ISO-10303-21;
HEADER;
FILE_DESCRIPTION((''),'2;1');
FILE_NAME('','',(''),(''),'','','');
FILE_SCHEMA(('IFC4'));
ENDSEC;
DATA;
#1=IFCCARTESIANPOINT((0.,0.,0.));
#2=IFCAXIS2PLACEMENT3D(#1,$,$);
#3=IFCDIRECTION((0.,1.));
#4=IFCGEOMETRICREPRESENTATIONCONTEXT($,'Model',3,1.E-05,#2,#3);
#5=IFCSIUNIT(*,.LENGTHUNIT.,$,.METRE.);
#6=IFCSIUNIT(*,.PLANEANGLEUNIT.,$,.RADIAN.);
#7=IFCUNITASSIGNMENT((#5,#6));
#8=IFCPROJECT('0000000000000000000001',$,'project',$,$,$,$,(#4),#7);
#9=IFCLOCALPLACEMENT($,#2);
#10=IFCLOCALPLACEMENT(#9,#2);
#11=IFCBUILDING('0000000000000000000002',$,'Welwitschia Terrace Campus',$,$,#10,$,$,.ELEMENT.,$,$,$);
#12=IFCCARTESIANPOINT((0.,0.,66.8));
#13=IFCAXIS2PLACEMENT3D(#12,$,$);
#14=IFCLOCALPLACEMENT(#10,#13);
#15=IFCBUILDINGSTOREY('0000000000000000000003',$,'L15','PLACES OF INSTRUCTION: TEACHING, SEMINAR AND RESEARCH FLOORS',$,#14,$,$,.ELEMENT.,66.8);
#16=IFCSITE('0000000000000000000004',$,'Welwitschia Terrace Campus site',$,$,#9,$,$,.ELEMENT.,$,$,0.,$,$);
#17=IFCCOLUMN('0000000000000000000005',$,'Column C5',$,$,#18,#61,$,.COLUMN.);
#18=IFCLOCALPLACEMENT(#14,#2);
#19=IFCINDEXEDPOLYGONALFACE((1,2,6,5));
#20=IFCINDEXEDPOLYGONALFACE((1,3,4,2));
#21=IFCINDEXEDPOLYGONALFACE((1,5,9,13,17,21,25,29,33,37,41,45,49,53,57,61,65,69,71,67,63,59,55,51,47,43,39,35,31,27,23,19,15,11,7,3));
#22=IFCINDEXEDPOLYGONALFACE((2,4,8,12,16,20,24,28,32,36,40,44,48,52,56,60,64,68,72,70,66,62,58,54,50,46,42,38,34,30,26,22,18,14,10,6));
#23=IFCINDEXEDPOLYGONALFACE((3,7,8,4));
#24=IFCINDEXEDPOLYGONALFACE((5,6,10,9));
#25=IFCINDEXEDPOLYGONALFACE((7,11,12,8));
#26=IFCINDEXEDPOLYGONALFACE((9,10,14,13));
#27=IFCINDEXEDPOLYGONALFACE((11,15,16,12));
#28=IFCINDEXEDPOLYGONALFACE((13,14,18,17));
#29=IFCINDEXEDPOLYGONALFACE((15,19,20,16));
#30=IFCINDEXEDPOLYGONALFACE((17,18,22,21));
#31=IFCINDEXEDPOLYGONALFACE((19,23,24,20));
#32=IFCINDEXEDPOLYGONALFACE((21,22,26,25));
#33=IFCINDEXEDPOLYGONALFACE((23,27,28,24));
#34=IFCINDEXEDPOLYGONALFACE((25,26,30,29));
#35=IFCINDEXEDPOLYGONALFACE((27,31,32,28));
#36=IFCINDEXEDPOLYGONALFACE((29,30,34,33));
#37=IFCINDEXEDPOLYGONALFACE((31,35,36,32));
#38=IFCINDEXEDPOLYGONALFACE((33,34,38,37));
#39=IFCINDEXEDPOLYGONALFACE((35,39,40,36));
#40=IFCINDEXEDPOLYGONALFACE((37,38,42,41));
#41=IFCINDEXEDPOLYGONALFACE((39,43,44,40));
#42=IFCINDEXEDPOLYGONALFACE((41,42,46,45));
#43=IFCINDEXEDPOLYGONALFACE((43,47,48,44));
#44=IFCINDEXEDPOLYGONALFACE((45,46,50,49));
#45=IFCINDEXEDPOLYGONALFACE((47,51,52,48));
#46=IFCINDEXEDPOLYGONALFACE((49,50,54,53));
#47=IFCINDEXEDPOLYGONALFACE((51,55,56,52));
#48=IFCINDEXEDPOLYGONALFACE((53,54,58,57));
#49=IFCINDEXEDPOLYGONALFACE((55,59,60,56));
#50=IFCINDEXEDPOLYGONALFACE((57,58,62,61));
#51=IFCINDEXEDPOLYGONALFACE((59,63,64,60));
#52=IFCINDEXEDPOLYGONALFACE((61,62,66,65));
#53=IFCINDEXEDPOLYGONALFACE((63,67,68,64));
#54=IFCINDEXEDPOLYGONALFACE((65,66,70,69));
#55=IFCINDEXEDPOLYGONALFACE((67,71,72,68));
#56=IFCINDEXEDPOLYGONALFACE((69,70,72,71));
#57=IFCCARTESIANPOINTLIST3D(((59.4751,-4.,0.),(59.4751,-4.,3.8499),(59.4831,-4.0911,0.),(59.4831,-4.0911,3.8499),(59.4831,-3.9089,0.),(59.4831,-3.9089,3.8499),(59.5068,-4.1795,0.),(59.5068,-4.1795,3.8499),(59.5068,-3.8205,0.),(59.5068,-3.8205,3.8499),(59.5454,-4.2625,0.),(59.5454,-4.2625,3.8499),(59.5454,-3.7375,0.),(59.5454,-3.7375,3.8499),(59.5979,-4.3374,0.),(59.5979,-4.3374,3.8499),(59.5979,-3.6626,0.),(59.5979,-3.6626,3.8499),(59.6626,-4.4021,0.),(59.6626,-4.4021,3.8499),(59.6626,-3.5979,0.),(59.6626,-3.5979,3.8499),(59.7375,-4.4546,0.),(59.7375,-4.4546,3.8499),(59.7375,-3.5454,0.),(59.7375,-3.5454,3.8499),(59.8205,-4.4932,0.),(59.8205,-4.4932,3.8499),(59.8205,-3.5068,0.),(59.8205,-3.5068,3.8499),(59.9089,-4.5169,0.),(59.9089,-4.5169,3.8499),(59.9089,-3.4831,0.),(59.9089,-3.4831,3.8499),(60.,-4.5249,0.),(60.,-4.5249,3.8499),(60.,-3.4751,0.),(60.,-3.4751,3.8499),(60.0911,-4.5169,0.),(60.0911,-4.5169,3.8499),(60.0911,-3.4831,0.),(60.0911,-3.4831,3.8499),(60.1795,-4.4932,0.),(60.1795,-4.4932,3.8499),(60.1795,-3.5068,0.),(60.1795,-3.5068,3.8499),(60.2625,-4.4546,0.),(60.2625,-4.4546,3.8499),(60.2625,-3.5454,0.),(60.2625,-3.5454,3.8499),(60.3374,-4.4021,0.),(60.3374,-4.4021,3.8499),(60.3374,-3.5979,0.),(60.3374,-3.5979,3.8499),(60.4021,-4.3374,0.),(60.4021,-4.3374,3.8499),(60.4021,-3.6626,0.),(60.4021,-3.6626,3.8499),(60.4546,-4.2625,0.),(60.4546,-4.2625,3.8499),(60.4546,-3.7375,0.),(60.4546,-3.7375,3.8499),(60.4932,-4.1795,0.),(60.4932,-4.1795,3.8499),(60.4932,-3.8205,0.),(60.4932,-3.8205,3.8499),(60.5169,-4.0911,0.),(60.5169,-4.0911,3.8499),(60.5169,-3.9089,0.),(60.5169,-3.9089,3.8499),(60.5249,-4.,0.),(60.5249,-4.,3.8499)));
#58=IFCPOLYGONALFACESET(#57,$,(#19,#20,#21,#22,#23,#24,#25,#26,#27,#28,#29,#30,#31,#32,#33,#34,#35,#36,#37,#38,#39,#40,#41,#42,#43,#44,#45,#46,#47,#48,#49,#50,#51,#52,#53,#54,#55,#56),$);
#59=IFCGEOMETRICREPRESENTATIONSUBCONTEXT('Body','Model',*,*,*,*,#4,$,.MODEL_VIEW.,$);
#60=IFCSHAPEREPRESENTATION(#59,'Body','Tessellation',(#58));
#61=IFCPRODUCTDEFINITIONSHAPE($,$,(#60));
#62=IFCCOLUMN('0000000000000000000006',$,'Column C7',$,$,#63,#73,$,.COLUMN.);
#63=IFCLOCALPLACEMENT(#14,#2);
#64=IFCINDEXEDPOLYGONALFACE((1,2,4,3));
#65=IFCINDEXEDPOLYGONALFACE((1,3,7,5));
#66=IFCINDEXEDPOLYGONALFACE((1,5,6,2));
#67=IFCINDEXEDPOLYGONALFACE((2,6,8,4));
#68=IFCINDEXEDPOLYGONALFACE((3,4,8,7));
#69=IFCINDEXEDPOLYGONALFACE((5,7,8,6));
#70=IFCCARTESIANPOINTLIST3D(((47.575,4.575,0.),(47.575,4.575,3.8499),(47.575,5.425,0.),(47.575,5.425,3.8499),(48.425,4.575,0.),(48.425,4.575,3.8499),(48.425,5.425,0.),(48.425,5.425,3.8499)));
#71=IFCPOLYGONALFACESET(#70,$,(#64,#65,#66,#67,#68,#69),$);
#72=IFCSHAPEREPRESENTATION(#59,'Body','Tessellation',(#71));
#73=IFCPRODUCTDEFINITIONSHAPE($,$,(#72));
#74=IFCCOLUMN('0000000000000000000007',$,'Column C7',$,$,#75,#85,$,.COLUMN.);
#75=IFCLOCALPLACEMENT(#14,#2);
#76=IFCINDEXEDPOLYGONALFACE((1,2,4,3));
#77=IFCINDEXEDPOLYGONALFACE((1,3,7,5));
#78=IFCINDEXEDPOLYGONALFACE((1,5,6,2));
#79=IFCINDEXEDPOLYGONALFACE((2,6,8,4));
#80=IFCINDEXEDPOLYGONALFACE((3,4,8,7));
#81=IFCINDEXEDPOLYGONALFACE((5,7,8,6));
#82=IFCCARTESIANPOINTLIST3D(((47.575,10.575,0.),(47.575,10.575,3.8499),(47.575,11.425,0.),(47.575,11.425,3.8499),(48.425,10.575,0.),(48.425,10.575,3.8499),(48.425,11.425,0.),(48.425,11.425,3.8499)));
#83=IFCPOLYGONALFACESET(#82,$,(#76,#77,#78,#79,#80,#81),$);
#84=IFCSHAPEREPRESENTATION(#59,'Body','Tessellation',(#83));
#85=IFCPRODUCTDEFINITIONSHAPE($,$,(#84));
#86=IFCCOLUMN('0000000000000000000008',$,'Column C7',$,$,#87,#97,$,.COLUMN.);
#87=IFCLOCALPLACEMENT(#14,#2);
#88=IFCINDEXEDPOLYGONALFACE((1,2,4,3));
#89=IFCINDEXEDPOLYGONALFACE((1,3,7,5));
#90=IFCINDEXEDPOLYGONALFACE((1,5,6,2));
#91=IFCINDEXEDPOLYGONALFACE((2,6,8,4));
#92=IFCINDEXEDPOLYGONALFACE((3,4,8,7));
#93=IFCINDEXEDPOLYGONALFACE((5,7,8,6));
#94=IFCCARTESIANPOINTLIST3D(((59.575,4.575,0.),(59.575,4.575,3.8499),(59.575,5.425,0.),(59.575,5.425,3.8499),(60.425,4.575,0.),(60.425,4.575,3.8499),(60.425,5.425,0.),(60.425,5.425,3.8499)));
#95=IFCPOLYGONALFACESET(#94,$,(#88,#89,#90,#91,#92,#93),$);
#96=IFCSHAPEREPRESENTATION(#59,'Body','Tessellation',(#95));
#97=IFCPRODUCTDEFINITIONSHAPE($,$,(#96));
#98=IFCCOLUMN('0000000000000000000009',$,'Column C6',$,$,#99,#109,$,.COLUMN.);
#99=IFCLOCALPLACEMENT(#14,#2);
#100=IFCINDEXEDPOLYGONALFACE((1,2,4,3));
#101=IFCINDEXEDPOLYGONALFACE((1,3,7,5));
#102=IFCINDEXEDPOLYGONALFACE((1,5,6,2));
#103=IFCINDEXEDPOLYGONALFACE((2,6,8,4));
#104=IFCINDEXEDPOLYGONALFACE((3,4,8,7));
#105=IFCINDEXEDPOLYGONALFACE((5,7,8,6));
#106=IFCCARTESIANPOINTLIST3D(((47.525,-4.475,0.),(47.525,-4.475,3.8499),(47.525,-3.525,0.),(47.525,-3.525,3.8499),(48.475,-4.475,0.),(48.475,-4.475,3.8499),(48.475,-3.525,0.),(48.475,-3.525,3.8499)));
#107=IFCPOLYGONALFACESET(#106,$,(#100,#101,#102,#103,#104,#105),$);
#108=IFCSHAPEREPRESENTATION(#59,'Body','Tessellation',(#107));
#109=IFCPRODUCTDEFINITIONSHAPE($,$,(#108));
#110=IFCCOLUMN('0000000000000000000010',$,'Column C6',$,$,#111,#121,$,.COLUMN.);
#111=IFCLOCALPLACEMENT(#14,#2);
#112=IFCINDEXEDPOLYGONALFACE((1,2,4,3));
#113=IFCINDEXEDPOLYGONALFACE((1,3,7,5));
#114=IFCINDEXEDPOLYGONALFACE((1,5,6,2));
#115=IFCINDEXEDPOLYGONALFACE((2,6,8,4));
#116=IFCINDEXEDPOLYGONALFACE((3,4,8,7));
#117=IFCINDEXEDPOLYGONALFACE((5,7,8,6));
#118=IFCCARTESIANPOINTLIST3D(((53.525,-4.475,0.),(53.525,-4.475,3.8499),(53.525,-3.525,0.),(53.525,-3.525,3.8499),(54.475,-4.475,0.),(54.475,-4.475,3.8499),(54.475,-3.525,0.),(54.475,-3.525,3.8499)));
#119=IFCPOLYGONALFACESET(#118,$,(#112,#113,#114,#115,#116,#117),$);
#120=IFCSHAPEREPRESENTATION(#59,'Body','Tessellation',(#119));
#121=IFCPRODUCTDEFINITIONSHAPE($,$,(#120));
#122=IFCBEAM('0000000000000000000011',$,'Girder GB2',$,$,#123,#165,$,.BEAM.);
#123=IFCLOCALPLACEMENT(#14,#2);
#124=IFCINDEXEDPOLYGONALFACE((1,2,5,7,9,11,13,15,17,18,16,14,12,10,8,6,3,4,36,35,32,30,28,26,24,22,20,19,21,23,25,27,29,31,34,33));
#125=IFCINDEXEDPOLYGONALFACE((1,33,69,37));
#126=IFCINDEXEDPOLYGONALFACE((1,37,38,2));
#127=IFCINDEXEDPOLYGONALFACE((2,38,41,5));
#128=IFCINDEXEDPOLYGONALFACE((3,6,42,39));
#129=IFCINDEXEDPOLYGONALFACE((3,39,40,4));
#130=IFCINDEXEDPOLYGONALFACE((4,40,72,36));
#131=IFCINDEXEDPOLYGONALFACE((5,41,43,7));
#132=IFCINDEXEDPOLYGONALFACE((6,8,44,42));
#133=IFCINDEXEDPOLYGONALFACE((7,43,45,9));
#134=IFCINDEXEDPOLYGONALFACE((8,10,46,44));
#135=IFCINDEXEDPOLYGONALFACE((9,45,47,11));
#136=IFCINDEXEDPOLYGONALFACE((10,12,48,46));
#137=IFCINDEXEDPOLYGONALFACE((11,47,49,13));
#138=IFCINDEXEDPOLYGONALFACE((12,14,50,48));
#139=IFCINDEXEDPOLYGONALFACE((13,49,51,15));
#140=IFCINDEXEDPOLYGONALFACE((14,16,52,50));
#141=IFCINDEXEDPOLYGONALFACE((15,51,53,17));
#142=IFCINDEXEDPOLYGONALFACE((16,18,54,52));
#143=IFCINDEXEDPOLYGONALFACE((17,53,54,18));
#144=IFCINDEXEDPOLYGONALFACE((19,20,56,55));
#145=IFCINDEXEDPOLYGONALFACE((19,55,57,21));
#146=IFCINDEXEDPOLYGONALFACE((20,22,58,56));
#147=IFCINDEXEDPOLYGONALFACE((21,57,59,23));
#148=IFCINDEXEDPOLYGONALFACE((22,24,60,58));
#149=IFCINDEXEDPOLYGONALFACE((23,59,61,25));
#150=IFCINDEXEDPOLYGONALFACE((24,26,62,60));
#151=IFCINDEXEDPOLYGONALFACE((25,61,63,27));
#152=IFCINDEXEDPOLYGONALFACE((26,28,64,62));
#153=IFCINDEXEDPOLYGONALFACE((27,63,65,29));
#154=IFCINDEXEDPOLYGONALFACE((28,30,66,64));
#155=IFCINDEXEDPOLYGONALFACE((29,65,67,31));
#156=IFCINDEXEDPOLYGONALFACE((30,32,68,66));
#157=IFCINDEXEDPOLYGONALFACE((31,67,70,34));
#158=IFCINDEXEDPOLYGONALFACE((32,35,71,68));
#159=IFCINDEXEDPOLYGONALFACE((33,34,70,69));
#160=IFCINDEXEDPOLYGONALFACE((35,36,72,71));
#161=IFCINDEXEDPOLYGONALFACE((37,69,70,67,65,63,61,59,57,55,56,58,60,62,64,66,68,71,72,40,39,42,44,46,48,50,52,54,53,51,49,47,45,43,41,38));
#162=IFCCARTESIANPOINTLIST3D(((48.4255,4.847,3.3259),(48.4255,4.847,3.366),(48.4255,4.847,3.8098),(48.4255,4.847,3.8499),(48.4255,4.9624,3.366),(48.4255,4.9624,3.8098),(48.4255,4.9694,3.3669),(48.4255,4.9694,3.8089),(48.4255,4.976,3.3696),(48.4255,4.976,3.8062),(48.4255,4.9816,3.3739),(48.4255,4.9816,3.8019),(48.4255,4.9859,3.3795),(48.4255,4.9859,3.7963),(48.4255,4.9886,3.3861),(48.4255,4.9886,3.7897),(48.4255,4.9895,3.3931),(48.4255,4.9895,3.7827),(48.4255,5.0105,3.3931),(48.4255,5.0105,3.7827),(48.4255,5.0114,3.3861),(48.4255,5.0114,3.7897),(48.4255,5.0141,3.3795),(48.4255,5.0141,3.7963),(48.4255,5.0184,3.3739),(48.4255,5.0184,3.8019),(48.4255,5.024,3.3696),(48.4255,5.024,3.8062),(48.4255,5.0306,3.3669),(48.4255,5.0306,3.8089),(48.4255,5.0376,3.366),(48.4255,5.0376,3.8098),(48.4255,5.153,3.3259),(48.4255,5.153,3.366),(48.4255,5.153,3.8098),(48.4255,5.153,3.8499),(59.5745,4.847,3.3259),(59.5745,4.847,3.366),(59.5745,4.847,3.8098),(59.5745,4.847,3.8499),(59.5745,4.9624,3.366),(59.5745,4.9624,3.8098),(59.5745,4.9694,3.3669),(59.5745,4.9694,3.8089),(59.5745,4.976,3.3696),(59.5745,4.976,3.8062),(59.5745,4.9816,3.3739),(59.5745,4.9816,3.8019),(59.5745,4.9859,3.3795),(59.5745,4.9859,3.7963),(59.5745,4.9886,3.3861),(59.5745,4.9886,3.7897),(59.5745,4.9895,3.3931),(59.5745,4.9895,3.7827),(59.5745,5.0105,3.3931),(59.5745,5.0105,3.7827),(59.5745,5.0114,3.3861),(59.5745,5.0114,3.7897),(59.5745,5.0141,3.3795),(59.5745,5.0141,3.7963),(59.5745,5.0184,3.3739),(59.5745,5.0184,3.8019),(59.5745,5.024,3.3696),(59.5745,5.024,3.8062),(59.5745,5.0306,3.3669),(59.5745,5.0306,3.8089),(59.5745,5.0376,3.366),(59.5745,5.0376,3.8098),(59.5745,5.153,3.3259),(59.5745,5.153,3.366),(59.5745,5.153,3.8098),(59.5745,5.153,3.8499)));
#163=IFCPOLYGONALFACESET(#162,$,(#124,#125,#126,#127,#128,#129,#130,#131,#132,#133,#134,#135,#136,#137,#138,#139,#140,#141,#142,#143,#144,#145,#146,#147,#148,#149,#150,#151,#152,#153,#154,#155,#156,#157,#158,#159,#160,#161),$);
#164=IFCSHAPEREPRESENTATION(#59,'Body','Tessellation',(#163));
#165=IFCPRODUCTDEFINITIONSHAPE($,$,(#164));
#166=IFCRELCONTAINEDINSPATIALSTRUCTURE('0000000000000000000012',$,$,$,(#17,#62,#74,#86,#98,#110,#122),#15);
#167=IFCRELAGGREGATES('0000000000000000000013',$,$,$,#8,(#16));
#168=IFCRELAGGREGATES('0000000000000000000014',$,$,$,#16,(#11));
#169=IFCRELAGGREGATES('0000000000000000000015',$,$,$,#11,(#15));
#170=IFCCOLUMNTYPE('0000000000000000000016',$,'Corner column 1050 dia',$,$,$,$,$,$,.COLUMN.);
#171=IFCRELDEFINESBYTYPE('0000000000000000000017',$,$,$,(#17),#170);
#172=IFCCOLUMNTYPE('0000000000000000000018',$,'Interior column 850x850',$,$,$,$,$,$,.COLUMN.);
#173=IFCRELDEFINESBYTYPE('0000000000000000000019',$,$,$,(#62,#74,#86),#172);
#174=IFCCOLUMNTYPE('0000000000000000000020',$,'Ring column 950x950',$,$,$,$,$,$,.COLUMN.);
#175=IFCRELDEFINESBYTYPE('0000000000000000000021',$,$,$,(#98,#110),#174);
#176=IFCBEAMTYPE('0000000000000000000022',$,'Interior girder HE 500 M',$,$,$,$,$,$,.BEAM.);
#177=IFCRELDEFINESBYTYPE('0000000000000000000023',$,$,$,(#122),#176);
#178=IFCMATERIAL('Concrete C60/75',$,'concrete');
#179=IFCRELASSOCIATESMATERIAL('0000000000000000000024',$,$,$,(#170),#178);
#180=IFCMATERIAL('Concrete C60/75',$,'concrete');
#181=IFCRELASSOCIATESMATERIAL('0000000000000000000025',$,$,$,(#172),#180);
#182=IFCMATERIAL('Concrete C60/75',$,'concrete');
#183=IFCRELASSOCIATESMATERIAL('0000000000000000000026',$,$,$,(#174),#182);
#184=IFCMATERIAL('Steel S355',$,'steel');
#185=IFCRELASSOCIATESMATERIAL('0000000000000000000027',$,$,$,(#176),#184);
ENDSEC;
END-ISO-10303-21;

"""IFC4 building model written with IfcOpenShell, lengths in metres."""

from ifc_helpers import new_model, si_unit, direction, frame, origin, origin_2d, place, context, subcontext, project, spatial, rectangle, circle, i_section, extrude, material, material_profile, profile_set, type_object, element, save


model = new_model("IFC4")

# Units and contexts
model_context = context("Model", 3, precision=1e-05, world=origin(), true_north=direction((0.0, 1.0)))
body_context = subcontext(model_context, "Body", "Model", "MODEL_VIEW")
ifc_project = project(units=[si_unit("LENGTHUNIT", "METRE"), si_unit("PLANEANGLEUNIT", "RADIAN")], contexts=[model_context])

# Site, building, storey
site_placement = place(None, origin())
site = spatial("IfcSite", under=ifc_project, at=site_placement, Name="Welwitschia Terrace Campus site", CompositionType="ELEMENT", RefElevation=0.0)
building_placement = place(site_placement, origin())
building = spatial("IfcBuilding", under=site, at=building_placement, Name="Welwitschia Terrace Campus", CompositionType="ELEMENT")
storey_placement = place(building_placement, frame((0.0, 0.0, 66.8)))
storey = spatial("IfcBuildingStorey", under=building, at=storey_placement, Name="L15", Description="PLACES OF INSTRUCTION: TEACHING, SEMINAR AND RESEARCH FLOORS", CompositionType="ELEMENT", Elevation=66.8)

# Columns
ifc_material_1 = material(Name="Concrete C60/75", Category="concrete")
ifc_material_profile_1 = material_profile(ifc_material_1, circle(Radius=0.5249, at=origin_2d()))
ifc_profile_set_1 = profile_set([ifc_material_profile_1], Name="Concrete C60/75")
column_type_1 = type_object("IfcColumnType", Name="Corner column 1050 dia", PredefinedType="COLUMN", material=ifc_profile_set_1)
column_placement = place(storey_placement, frame((60.0, -4.0, 0.0), z_axis=(0.0, 0.0, 1.0), x_axis=(1.0, 0.0, 0.0)))
element("IfcColumn", 1, at=column_placement, inside=storey, type_object=column_type_1, Name="Column C5", PredefinedType="COLUMN", context=body_context, shape_type="SweptSolid", body=[
    extrude(circle(Radius=0.5249, at=origin_2d()), origin(), (0.0, 0.0, 1.0), 3.8499),
])
ifc_material_2 = material(Name="Concrete C60/75", Category="concrete")
ifc_material_profile_2 = material_profile(ifc_material_2, rectangle(XDim=0.8501, YDim=0.8501, at=origin_2d()))
ifc_profile_set_2 = profile_set([ifc_material_profile_2], Name="Concrete C60/75")
column_type_2 = type_object("IfcColumnType", Name="Interior column 850x850", PredefinedType="COLUMN", material=ifc_profile_set_2)
for number, where, z_axis, x_axis, name in (
    (2, (48.0, 5.0, 0.0), (0.0, 0.0, 1.0), (1.0, 0.0, 0.0), "Column C7"),
    (3, (48.0, 11.0, 0.0), (0.0, 0.0, 1.0), (1.0, 0.0, 0.0), "Column C7"),
    (4, (60.0, 5.0, 0.0), (0.0, 0.0, 1.0), (1.0, 0.0, 0.0), "Column C7"),
):
    element("IfcColumn", number, at=place(storey_placement, frame(where, z_axis=z_axis, x_axis=x_axis)), inside=storey, type_object=column_type_2, Name=name, PredefinedType="COLUMN", context=body_context, shape_type="SweptSolid", body=[
        extrude(rectangle(XDim=0.8501, YDim=0.8501, at=origin_2d()), origin(), (0.0, 0.0, 1.0), 3.8499),
    ])
ifc_material_3 = material(Name="Concrete C60/75", Category="concrete")
ifc_material_profile_3 = material_profile(ifc_material_3, rectangle(XDim=0.95, YDim=0.95, at=origin_2d()))
ifc_profile_set_3 = profile_set([ifc_material_profile_3], Name="Concrete C60/75")
column_type_3 = type_object("IfcColumnType", Name="Ring column 950x950", PredefinedType="COLUMN", material=ifc_profile_set_3)
for number, where, z_axis, x_axis, name in (
    (5, (48.0, -4.0, 0.0), (0.0, 0.0, 1.0), (1.0, 0.0, 0.0), "Column C6"),
    (6, (54.0, -4.0, 0.0), (0.0, 0.0, 1.0), (1.0, 0.0, 0.0), "Column C6"),
):
    element("IfcColumn", number, at=place(storey_placement, frame(where, z_axis=z_axis, x_axis=x_axis)), inside=storey, type_object=column_type_3, Name=name, PredefinedType="COLUMN", context=body_context, shape_type="SweptSolid", body=[
        extrude(rectangle(XDim=0.95, YDim=0.95, at=origin_2d()), origin(), (0.0, 0.0, 1.0), 3.8499),
    ])

# Beam
ifc_material_4 = material(Name="Steel S355", Category="steel")
ifc_material_profile_4 = material_profile(ifc_material_4, i_section(OverallWidth=0.3059, OverallDepth=0.5239, WebThickness=0.021, FlangeThickness=0.04, FilletRadius=0.0271, at=origin_2d()))
ifc_profile_set_4 = profile_set([ifc_material_profile_4], Name="Steel S355")
beam_type_1 = type_object("IfcBeamType", Name="Interior girder HE 500 M", PredefinedType="BEAM", material=ifc_profile_set_4)
for number, where, z_axis, x_axis, name in (
    (7, (48.4255, 5.0, 3.5879), (1.0, 0.0, 0.0), (0.0, 1.0, 0.0), "Girder GB2"),
):
    element("IfcBeam", number, at=place(storey_placement, frame(where, z_axis=z_axis, x_axis=x_axis)), inside=storey, type_object=beam_type_1, Name=name, PredefinedType="BEAM", context=body_context, shape_type="SweptSolid", body=[
        extrude(i_section(OverallWidth=0.3059, OverallDepth=0.5239, WebThickness=0.021, FlangeThickness=0.04, FilletRadius=0.0271, at=origin_2d()), origin(), (0.0, 0.0, 1.0), 11.1489),
    ])

save(model, "model.ifc")
